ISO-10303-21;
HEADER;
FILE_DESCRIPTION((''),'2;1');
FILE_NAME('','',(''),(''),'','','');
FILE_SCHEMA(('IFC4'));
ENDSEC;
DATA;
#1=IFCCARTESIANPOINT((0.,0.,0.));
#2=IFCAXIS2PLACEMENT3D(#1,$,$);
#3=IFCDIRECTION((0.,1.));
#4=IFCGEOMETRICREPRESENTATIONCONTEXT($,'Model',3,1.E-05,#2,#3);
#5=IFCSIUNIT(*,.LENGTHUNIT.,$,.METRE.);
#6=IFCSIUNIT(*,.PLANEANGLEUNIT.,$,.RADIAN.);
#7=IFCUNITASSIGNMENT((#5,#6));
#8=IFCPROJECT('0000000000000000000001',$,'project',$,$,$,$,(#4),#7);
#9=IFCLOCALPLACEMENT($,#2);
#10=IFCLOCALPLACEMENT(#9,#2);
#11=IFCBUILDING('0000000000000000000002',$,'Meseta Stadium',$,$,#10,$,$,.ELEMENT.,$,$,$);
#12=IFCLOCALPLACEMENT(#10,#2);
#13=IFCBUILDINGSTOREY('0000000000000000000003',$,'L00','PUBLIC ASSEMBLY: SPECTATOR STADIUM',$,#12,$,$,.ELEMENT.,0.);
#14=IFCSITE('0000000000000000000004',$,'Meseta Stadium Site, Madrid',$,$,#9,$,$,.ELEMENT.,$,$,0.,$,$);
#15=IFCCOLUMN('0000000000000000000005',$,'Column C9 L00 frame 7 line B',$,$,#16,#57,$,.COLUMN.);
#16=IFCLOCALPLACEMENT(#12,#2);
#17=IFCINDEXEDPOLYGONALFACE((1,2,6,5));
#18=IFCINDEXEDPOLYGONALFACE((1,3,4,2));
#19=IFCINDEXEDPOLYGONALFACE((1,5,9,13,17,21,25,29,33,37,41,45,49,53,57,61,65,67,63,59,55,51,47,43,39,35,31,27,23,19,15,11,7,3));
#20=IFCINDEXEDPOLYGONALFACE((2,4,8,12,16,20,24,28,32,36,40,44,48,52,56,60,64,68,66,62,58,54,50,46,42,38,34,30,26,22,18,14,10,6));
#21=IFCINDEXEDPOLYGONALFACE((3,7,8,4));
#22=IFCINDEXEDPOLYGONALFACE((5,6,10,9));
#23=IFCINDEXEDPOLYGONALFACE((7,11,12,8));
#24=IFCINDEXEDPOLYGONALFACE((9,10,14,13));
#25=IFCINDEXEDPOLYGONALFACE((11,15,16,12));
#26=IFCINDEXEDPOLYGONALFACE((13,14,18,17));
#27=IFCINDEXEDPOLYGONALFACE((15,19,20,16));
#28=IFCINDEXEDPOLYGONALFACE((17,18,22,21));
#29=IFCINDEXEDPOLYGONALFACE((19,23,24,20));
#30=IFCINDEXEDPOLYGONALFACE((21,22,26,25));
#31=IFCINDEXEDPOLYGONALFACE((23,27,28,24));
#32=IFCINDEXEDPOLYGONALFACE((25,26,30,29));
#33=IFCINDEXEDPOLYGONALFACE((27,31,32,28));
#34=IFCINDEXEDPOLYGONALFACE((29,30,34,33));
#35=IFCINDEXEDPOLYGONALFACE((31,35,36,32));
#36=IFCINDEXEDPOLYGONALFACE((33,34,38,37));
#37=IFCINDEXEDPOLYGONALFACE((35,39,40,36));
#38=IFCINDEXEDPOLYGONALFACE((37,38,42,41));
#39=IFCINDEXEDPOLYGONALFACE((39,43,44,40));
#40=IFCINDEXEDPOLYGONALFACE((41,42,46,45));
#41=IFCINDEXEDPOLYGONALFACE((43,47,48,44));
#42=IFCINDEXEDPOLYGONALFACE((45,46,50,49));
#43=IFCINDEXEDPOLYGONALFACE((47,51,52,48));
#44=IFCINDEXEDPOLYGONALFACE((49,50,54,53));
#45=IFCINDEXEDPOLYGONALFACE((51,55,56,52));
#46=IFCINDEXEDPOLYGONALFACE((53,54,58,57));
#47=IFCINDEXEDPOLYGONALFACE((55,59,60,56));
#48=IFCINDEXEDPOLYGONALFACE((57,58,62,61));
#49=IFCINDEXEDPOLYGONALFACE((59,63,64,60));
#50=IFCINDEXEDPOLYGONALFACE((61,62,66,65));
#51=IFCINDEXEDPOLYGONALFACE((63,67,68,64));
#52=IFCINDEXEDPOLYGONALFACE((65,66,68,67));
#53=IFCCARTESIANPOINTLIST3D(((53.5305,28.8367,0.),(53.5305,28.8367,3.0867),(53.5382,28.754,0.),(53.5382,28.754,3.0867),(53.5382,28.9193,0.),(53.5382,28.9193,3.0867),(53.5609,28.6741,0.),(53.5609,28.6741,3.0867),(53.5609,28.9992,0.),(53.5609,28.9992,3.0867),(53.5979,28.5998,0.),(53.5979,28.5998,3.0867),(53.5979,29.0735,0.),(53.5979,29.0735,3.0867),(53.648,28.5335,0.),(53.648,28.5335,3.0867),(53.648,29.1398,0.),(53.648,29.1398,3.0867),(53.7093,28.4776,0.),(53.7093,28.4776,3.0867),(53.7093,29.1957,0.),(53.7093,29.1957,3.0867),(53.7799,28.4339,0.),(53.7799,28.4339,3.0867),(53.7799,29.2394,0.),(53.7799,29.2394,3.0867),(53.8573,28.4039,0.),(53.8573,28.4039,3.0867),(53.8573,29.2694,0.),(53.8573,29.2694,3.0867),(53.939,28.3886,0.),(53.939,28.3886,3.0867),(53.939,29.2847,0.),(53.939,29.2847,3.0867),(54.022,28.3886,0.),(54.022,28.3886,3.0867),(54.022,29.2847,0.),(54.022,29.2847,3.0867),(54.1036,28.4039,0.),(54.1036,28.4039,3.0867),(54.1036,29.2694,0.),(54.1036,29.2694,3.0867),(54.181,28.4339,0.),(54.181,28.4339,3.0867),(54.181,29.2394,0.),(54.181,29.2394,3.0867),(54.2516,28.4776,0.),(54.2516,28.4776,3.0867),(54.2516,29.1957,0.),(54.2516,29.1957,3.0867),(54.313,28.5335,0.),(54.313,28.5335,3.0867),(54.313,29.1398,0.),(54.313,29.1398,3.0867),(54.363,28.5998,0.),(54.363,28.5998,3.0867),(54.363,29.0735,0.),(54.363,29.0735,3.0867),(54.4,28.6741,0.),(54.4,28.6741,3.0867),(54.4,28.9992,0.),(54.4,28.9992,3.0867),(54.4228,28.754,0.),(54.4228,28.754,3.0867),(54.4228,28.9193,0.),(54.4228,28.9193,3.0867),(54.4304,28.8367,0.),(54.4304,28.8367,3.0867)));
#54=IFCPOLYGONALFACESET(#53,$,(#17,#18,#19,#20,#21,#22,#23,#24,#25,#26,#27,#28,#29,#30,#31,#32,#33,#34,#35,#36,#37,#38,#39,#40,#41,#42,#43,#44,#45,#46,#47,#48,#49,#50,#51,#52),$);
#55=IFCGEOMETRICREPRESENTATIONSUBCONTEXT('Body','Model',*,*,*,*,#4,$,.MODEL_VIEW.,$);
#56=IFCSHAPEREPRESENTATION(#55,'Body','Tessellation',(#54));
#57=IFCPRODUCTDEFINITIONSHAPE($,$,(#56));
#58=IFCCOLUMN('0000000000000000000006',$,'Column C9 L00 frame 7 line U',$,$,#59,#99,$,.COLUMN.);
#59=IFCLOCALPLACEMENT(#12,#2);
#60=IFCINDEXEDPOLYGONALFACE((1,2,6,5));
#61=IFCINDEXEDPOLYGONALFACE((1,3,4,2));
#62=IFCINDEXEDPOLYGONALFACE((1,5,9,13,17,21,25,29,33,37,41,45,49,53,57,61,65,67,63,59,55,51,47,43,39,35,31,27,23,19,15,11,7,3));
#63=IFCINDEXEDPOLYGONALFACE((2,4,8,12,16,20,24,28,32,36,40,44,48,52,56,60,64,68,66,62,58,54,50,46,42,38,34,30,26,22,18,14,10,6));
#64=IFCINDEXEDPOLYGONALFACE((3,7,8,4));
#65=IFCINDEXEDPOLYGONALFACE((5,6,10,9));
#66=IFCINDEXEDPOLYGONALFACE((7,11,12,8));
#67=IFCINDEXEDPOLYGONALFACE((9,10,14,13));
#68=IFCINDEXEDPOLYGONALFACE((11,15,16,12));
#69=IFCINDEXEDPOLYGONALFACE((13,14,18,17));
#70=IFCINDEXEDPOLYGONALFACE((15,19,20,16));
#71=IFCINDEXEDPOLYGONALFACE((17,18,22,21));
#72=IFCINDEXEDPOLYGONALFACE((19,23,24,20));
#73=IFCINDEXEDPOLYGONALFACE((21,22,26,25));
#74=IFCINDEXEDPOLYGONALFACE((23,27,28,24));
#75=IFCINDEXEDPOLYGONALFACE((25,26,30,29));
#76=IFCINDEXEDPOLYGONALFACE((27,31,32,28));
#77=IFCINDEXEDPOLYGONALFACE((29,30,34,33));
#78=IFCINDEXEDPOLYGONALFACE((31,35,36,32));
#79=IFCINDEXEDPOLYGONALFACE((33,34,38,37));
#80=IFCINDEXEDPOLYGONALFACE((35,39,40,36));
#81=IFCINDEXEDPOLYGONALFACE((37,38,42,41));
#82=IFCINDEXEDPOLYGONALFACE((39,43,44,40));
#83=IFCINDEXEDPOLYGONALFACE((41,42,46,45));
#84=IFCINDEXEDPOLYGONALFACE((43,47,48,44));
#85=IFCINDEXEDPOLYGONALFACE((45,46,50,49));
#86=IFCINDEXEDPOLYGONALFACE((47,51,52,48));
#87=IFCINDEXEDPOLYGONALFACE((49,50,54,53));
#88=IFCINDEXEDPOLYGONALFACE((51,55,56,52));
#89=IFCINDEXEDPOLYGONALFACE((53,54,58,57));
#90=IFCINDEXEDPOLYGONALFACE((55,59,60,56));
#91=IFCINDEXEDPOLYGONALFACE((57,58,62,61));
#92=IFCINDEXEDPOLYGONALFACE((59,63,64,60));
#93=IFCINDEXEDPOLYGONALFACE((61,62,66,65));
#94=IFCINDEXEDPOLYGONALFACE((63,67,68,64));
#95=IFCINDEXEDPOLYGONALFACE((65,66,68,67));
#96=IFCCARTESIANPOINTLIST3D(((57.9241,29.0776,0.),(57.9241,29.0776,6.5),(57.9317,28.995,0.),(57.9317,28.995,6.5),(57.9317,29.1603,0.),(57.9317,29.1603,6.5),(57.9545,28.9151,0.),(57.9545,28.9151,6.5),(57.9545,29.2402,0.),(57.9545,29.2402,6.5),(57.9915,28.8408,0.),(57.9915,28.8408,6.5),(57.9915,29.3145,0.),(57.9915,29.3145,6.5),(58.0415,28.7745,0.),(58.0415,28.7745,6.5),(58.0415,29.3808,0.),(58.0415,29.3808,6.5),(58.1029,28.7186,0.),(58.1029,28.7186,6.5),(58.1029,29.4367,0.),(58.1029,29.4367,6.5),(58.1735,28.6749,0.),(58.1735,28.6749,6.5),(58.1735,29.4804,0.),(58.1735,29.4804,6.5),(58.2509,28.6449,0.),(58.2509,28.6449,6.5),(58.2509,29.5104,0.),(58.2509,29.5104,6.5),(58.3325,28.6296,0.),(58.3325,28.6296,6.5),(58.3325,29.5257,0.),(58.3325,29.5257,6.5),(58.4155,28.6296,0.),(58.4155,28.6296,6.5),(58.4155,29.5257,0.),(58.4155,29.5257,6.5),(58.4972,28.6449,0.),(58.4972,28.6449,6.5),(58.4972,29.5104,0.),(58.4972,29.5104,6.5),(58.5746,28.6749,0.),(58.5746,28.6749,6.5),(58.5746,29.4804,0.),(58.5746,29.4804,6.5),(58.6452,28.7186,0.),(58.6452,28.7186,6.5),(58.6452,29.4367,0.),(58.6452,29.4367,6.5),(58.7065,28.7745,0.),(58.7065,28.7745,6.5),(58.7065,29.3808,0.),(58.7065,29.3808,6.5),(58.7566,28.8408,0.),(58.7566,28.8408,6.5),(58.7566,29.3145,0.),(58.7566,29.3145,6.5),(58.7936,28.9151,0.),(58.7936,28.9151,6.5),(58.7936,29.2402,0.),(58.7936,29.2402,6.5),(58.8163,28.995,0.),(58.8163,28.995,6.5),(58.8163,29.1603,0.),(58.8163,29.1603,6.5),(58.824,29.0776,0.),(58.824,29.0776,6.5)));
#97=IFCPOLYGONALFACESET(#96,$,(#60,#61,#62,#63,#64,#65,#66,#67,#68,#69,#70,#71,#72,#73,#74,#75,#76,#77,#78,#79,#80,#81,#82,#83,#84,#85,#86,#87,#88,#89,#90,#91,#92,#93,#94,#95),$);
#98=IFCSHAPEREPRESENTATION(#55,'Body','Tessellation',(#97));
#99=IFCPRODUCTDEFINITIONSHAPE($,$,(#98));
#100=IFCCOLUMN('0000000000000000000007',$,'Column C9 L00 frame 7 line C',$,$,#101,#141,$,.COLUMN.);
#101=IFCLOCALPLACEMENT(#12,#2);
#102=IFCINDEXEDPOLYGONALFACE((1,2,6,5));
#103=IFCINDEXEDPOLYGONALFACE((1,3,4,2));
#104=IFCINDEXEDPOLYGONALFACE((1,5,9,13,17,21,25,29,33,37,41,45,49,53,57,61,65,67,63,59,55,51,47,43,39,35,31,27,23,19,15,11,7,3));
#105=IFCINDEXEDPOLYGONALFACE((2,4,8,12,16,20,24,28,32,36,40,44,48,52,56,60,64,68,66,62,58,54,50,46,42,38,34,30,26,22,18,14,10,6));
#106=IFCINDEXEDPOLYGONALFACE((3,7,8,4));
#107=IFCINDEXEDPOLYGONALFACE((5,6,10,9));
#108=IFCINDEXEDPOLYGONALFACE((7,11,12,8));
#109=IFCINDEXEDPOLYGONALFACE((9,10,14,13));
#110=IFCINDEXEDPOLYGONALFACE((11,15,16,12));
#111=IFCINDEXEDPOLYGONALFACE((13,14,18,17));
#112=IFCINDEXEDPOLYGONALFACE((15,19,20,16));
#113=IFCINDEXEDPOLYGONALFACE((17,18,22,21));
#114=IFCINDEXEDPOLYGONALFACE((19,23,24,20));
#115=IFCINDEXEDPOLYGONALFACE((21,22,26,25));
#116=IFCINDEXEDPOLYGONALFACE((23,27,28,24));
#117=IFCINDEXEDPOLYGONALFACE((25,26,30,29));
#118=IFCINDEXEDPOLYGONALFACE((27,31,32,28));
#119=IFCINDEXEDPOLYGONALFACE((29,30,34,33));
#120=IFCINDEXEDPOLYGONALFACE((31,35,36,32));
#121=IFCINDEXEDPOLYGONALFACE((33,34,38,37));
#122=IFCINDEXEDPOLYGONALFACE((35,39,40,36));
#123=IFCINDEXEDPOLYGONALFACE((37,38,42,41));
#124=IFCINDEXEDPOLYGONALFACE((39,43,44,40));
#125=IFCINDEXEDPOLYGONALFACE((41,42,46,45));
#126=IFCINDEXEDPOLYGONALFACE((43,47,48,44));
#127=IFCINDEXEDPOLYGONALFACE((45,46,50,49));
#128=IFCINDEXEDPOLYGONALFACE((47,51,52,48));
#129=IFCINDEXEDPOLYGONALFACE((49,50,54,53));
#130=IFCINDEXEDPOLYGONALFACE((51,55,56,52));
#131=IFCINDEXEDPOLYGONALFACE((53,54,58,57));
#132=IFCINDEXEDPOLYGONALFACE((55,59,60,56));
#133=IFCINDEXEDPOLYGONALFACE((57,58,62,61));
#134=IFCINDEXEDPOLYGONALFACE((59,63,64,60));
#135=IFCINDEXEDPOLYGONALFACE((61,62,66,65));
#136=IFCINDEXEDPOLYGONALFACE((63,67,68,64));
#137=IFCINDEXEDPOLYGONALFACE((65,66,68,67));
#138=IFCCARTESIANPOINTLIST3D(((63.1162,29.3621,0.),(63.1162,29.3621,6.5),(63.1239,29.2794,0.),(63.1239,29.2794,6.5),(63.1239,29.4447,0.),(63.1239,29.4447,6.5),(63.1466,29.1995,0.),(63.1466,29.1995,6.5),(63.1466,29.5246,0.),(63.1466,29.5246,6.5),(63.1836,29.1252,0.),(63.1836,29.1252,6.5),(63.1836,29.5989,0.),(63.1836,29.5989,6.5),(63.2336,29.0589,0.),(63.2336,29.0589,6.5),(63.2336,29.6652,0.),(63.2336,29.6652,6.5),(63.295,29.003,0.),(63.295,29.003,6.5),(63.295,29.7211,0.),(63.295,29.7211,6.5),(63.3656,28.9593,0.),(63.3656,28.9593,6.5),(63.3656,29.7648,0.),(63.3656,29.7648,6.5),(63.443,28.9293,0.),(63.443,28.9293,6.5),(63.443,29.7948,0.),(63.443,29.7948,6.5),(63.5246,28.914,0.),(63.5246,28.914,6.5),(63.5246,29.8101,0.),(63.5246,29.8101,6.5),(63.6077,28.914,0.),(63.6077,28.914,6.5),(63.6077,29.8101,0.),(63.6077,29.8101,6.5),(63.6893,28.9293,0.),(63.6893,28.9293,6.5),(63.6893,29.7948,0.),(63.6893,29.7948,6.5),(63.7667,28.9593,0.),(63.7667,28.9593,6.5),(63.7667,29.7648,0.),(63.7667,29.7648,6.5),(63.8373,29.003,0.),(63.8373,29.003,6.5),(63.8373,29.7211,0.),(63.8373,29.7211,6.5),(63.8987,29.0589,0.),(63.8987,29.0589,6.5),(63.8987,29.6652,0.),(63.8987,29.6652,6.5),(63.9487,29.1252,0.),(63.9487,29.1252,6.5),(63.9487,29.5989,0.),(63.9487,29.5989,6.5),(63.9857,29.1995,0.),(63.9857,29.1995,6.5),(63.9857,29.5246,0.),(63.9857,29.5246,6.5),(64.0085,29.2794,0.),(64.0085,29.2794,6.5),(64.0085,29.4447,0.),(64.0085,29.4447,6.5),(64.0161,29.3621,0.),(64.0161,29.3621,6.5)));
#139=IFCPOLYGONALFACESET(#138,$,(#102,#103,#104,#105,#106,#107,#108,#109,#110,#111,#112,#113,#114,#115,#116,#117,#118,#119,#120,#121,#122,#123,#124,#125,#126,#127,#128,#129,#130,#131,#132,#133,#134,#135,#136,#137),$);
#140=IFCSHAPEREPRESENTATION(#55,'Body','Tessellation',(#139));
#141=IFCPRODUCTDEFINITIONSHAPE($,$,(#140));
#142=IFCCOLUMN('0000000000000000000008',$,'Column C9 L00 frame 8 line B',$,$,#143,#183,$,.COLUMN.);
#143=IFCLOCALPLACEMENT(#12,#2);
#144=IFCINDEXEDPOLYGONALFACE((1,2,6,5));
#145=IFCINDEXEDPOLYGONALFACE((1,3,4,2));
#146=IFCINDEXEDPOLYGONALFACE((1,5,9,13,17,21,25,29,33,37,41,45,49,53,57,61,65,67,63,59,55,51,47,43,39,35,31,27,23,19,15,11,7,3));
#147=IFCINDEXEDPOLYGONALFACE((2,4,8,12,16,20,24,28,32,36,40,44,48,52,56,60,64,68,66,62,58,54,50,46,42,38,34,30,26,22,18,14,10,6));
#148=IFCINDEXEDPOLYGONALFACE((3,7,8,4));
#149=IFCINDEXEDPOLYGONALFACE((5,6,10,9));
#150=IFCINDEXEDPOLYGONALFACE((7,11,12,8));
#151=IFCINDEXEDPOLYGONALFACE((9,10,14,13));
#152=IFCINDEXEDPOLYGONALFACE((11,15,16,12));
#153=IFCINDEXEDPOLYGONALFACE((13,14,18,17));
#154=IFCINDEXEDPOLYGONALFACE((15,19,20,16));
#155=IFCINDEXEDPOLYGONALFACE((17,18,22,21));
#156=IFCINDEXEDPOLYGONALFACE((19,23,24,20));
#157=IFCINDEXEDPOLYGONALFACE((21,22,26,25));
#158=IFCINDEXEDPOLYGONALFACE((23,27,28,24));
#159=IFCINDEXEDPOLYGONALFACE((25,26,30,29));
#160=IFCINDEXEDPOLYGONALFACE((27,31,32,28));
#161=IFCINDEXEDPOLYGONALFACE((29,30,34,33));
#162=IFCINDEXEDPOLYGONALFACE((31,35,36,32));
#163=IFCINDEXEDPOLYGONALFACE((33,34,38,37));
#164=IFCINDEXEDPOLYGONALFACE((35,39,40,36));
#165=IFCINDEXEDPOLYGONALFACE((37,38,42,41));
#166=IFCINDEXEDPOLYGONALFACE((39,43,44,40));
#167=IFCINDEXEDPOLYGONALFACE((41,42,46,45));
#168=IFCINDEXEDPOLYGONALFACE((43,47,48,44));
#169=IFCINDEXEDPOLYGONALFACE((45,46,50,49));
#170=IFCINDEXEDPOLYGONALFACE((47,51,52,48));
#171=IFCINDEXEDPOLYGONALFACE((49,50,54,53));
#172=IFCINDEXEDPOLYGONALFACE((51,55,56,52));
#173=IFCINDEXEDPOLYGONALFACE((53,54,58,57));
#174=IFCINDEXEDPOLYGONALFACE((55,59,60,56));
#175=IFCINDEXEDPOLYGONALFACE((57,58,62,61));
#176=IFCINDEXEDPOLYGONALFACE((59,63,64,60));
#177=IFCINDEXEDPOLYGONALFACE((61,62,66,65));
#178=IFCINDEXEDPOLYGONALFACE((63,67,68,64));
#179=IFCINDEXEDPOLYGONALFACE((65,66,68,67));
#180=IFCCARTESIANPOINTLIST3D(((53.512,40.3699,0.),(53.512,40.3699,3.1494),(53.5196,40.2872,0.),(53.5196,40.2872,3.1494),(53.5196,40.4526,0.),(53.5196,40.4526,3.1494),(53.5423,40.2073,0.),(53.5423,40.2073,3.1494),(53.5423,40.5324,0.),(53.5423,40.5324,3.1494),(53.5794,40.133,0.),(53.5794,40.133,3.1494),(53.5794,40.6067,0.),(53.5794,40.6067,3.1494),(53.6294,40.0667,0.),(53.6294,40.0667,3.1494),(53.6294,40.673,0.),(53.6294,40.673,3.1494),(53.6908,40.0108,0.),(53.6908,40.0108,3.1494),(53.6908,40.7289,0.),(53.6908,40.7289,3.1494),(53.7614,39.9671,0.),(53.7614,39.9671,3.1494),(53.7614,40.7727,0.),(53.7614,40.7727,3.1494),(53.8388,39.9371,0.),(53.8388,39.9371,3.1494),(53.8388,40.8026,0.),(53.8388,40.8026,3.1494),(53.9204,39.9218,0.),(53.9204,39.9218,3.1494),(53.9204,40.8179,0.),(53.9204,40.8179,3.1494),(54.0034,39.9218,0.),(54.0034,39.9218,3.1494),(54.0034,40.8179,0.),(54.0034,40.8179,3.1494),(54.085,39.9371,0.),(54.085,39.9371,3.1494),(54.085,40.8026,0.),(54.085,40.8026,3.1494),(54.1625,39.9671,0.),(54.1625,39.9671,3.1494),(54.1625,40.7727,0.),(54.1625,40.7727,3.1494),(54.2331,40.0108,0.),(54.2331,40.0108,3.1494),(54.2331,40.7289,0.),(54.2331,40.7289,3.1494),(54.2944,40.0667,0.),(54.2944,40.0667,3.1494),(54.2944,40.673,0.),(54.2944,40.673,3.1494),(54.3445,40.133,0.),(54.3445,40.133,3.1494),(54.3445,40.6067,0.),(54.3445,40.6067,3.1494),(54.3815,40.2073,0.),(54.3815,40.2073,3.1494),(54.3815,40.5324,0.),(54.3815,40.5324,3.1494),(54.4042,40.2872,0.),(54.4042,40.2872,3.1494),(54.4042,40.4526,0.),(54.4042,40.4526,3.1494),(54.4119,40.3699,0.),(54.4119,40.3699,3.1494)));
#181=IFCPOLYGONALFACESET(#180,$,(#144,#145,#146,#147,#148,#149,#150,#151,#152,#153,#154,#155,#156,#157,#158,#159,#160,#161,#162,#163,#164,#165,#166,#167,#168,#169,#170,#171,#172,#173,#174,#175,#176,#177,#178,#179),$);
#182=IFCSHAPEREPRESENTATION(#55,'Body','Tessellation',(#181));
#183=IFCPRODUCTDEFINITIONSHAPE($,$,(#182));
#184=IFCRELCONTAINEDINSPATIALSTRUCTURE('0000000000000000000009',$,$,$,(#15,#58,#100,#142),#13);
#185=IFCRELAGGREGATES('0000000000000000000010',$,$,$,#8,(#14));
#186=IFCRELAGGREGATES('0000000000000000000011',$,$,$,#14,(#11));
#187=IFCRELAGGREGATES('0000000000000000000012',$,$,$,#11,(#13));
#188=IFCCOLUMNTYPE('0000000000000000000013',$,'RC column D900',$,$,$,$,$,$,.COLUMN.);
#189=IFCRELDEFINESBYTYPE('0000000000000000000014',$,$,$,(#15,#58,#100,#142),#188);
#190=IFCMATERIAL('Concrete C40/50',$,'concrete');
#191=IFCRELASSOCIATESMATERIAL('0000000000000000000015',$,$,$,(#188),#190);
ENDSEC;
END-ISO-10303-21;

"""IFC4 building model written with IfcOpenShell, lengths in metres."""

from ifc_helpers import new_model, si_unit, direction, frame, origin, origin_2d, place, context, subcontext, project, spatial, circle, extrude, material, material_profile, profile_set, type_object, element, save


model = new_model("IFC4")

# Units and contexts
model_context = context("Model", 3, precision=1e-05, world=origin(), true_north=direction((0.0, 1.0)))
body_context = subcontext(model_context, "Body", "Model", "MODEL_VIEW")
ifc_project = project(units=[si_unit("LENGTHUNIT", "METRE"), si_unit("PLANEANGLEUNIT", "RADIAN")], contexts=[model_context])

# Site, building, storey
site_placement = place(None, origin())
site = spatial("IfcSite", under=ifc_project, at=site_placement, Name="Meseta Stadium Site, Madrid", CompositionType="ELEMENT", RefElevation=0.0)
building_placement = place(site_placement, origin())
building = spatial("IfcBuilding", under=site, at=building_placement, Name="Meseta Stadium", CompositionType="ELEMENT")
storey_placement = place(building_placement, origin())
storey = spatial("IfcBuildingStorey", under=building, at=storey_placement, Name="L00", Description="PUBLIC ASSEMBLY: SPECTATOR STADIUM", CompositionType="ELEMENT", Elevation=0.0)

# Columns
ifc_material_1 = material(Name="Concrete C40/50", Category="concrete")
ifc_material_profile_1 = material_profile(ifc_material_1, circle(Radius=0.45, at=origin_2d()), Name="RC D900")
ifc_profile_set_1 = profile_set([ifc_material_profile_1], Name="Concrete C40/50")
column_type = type_object("IfcColumnType", Name="RC column D900", PredefinedType="COLUMN", material=ifc_profile_set_1)
column_1_placement = place(storey_placement, frame((53.9805, 28.8367, 0.0), z_axis=(0.0, 0.0, 1.0), x_axis=(1.0, 0.0, 0.0)))
element("IfcColumn", 1, at=column_1_placement, inside=storey, type_object=column_type, Name="Column C9 L00 frame 7 line B", PredefinedType="COLUMN", context=body_context, shape_type="SweptSolid", body=[
    extrude(circle(Radius=0.45, at=origin_2d()), origin(), (0.0, 0.0, 1.0), 3.0867),
])
for number, where, z_axis, x_axis, name in (
    (2, (58.374, 29.0776, 0.0), (0.0, 0.0, 1.0), (1.0, 0.0, 0.0), "Column C9 L00 frame 7 line U"),
    (3, (63.5662, 29.3621, 0.0), (0.0, 0.0, 1.0), (1.0, 0.0, 0.0), "Column C9 L00 frame 7 line C"),
):
    element("IfcColumn", number, at=place(storey_placement, frame(where, z_axis=z_axis, x_axis=x_axis)), inside=storey, type_object=column_type, Name=name, PredefinedType="COLUMN", context=body_context, shape_type="SweptSolid", body=[
        extrude(circle(Radius=0.45, at=origin_2d()), origin(), (0.0, 0.0, 1.0), 6.5),
    ])
column_2_placement = place(storey_placement, frame((53.9619, 40.3699, 0.0), z_axis=(0.0, 0.0, 1.0), x_axis=(1.0, 0.0, 0.0)))
element("IfcColumn", 4, at=column_2_placement, inside=storey, type_object=column_type, Name="Column C9 L00 frame 8 line B", PredefinedType="COLUMN", context=body_context, shape_type="SweptSolid", body=[
    extrude(circle(Radius=0.45, at=origin_2d()), origin(), (0.0, 0.0, 1.0), 3.1494),
])

save(model, "model.ifc")
